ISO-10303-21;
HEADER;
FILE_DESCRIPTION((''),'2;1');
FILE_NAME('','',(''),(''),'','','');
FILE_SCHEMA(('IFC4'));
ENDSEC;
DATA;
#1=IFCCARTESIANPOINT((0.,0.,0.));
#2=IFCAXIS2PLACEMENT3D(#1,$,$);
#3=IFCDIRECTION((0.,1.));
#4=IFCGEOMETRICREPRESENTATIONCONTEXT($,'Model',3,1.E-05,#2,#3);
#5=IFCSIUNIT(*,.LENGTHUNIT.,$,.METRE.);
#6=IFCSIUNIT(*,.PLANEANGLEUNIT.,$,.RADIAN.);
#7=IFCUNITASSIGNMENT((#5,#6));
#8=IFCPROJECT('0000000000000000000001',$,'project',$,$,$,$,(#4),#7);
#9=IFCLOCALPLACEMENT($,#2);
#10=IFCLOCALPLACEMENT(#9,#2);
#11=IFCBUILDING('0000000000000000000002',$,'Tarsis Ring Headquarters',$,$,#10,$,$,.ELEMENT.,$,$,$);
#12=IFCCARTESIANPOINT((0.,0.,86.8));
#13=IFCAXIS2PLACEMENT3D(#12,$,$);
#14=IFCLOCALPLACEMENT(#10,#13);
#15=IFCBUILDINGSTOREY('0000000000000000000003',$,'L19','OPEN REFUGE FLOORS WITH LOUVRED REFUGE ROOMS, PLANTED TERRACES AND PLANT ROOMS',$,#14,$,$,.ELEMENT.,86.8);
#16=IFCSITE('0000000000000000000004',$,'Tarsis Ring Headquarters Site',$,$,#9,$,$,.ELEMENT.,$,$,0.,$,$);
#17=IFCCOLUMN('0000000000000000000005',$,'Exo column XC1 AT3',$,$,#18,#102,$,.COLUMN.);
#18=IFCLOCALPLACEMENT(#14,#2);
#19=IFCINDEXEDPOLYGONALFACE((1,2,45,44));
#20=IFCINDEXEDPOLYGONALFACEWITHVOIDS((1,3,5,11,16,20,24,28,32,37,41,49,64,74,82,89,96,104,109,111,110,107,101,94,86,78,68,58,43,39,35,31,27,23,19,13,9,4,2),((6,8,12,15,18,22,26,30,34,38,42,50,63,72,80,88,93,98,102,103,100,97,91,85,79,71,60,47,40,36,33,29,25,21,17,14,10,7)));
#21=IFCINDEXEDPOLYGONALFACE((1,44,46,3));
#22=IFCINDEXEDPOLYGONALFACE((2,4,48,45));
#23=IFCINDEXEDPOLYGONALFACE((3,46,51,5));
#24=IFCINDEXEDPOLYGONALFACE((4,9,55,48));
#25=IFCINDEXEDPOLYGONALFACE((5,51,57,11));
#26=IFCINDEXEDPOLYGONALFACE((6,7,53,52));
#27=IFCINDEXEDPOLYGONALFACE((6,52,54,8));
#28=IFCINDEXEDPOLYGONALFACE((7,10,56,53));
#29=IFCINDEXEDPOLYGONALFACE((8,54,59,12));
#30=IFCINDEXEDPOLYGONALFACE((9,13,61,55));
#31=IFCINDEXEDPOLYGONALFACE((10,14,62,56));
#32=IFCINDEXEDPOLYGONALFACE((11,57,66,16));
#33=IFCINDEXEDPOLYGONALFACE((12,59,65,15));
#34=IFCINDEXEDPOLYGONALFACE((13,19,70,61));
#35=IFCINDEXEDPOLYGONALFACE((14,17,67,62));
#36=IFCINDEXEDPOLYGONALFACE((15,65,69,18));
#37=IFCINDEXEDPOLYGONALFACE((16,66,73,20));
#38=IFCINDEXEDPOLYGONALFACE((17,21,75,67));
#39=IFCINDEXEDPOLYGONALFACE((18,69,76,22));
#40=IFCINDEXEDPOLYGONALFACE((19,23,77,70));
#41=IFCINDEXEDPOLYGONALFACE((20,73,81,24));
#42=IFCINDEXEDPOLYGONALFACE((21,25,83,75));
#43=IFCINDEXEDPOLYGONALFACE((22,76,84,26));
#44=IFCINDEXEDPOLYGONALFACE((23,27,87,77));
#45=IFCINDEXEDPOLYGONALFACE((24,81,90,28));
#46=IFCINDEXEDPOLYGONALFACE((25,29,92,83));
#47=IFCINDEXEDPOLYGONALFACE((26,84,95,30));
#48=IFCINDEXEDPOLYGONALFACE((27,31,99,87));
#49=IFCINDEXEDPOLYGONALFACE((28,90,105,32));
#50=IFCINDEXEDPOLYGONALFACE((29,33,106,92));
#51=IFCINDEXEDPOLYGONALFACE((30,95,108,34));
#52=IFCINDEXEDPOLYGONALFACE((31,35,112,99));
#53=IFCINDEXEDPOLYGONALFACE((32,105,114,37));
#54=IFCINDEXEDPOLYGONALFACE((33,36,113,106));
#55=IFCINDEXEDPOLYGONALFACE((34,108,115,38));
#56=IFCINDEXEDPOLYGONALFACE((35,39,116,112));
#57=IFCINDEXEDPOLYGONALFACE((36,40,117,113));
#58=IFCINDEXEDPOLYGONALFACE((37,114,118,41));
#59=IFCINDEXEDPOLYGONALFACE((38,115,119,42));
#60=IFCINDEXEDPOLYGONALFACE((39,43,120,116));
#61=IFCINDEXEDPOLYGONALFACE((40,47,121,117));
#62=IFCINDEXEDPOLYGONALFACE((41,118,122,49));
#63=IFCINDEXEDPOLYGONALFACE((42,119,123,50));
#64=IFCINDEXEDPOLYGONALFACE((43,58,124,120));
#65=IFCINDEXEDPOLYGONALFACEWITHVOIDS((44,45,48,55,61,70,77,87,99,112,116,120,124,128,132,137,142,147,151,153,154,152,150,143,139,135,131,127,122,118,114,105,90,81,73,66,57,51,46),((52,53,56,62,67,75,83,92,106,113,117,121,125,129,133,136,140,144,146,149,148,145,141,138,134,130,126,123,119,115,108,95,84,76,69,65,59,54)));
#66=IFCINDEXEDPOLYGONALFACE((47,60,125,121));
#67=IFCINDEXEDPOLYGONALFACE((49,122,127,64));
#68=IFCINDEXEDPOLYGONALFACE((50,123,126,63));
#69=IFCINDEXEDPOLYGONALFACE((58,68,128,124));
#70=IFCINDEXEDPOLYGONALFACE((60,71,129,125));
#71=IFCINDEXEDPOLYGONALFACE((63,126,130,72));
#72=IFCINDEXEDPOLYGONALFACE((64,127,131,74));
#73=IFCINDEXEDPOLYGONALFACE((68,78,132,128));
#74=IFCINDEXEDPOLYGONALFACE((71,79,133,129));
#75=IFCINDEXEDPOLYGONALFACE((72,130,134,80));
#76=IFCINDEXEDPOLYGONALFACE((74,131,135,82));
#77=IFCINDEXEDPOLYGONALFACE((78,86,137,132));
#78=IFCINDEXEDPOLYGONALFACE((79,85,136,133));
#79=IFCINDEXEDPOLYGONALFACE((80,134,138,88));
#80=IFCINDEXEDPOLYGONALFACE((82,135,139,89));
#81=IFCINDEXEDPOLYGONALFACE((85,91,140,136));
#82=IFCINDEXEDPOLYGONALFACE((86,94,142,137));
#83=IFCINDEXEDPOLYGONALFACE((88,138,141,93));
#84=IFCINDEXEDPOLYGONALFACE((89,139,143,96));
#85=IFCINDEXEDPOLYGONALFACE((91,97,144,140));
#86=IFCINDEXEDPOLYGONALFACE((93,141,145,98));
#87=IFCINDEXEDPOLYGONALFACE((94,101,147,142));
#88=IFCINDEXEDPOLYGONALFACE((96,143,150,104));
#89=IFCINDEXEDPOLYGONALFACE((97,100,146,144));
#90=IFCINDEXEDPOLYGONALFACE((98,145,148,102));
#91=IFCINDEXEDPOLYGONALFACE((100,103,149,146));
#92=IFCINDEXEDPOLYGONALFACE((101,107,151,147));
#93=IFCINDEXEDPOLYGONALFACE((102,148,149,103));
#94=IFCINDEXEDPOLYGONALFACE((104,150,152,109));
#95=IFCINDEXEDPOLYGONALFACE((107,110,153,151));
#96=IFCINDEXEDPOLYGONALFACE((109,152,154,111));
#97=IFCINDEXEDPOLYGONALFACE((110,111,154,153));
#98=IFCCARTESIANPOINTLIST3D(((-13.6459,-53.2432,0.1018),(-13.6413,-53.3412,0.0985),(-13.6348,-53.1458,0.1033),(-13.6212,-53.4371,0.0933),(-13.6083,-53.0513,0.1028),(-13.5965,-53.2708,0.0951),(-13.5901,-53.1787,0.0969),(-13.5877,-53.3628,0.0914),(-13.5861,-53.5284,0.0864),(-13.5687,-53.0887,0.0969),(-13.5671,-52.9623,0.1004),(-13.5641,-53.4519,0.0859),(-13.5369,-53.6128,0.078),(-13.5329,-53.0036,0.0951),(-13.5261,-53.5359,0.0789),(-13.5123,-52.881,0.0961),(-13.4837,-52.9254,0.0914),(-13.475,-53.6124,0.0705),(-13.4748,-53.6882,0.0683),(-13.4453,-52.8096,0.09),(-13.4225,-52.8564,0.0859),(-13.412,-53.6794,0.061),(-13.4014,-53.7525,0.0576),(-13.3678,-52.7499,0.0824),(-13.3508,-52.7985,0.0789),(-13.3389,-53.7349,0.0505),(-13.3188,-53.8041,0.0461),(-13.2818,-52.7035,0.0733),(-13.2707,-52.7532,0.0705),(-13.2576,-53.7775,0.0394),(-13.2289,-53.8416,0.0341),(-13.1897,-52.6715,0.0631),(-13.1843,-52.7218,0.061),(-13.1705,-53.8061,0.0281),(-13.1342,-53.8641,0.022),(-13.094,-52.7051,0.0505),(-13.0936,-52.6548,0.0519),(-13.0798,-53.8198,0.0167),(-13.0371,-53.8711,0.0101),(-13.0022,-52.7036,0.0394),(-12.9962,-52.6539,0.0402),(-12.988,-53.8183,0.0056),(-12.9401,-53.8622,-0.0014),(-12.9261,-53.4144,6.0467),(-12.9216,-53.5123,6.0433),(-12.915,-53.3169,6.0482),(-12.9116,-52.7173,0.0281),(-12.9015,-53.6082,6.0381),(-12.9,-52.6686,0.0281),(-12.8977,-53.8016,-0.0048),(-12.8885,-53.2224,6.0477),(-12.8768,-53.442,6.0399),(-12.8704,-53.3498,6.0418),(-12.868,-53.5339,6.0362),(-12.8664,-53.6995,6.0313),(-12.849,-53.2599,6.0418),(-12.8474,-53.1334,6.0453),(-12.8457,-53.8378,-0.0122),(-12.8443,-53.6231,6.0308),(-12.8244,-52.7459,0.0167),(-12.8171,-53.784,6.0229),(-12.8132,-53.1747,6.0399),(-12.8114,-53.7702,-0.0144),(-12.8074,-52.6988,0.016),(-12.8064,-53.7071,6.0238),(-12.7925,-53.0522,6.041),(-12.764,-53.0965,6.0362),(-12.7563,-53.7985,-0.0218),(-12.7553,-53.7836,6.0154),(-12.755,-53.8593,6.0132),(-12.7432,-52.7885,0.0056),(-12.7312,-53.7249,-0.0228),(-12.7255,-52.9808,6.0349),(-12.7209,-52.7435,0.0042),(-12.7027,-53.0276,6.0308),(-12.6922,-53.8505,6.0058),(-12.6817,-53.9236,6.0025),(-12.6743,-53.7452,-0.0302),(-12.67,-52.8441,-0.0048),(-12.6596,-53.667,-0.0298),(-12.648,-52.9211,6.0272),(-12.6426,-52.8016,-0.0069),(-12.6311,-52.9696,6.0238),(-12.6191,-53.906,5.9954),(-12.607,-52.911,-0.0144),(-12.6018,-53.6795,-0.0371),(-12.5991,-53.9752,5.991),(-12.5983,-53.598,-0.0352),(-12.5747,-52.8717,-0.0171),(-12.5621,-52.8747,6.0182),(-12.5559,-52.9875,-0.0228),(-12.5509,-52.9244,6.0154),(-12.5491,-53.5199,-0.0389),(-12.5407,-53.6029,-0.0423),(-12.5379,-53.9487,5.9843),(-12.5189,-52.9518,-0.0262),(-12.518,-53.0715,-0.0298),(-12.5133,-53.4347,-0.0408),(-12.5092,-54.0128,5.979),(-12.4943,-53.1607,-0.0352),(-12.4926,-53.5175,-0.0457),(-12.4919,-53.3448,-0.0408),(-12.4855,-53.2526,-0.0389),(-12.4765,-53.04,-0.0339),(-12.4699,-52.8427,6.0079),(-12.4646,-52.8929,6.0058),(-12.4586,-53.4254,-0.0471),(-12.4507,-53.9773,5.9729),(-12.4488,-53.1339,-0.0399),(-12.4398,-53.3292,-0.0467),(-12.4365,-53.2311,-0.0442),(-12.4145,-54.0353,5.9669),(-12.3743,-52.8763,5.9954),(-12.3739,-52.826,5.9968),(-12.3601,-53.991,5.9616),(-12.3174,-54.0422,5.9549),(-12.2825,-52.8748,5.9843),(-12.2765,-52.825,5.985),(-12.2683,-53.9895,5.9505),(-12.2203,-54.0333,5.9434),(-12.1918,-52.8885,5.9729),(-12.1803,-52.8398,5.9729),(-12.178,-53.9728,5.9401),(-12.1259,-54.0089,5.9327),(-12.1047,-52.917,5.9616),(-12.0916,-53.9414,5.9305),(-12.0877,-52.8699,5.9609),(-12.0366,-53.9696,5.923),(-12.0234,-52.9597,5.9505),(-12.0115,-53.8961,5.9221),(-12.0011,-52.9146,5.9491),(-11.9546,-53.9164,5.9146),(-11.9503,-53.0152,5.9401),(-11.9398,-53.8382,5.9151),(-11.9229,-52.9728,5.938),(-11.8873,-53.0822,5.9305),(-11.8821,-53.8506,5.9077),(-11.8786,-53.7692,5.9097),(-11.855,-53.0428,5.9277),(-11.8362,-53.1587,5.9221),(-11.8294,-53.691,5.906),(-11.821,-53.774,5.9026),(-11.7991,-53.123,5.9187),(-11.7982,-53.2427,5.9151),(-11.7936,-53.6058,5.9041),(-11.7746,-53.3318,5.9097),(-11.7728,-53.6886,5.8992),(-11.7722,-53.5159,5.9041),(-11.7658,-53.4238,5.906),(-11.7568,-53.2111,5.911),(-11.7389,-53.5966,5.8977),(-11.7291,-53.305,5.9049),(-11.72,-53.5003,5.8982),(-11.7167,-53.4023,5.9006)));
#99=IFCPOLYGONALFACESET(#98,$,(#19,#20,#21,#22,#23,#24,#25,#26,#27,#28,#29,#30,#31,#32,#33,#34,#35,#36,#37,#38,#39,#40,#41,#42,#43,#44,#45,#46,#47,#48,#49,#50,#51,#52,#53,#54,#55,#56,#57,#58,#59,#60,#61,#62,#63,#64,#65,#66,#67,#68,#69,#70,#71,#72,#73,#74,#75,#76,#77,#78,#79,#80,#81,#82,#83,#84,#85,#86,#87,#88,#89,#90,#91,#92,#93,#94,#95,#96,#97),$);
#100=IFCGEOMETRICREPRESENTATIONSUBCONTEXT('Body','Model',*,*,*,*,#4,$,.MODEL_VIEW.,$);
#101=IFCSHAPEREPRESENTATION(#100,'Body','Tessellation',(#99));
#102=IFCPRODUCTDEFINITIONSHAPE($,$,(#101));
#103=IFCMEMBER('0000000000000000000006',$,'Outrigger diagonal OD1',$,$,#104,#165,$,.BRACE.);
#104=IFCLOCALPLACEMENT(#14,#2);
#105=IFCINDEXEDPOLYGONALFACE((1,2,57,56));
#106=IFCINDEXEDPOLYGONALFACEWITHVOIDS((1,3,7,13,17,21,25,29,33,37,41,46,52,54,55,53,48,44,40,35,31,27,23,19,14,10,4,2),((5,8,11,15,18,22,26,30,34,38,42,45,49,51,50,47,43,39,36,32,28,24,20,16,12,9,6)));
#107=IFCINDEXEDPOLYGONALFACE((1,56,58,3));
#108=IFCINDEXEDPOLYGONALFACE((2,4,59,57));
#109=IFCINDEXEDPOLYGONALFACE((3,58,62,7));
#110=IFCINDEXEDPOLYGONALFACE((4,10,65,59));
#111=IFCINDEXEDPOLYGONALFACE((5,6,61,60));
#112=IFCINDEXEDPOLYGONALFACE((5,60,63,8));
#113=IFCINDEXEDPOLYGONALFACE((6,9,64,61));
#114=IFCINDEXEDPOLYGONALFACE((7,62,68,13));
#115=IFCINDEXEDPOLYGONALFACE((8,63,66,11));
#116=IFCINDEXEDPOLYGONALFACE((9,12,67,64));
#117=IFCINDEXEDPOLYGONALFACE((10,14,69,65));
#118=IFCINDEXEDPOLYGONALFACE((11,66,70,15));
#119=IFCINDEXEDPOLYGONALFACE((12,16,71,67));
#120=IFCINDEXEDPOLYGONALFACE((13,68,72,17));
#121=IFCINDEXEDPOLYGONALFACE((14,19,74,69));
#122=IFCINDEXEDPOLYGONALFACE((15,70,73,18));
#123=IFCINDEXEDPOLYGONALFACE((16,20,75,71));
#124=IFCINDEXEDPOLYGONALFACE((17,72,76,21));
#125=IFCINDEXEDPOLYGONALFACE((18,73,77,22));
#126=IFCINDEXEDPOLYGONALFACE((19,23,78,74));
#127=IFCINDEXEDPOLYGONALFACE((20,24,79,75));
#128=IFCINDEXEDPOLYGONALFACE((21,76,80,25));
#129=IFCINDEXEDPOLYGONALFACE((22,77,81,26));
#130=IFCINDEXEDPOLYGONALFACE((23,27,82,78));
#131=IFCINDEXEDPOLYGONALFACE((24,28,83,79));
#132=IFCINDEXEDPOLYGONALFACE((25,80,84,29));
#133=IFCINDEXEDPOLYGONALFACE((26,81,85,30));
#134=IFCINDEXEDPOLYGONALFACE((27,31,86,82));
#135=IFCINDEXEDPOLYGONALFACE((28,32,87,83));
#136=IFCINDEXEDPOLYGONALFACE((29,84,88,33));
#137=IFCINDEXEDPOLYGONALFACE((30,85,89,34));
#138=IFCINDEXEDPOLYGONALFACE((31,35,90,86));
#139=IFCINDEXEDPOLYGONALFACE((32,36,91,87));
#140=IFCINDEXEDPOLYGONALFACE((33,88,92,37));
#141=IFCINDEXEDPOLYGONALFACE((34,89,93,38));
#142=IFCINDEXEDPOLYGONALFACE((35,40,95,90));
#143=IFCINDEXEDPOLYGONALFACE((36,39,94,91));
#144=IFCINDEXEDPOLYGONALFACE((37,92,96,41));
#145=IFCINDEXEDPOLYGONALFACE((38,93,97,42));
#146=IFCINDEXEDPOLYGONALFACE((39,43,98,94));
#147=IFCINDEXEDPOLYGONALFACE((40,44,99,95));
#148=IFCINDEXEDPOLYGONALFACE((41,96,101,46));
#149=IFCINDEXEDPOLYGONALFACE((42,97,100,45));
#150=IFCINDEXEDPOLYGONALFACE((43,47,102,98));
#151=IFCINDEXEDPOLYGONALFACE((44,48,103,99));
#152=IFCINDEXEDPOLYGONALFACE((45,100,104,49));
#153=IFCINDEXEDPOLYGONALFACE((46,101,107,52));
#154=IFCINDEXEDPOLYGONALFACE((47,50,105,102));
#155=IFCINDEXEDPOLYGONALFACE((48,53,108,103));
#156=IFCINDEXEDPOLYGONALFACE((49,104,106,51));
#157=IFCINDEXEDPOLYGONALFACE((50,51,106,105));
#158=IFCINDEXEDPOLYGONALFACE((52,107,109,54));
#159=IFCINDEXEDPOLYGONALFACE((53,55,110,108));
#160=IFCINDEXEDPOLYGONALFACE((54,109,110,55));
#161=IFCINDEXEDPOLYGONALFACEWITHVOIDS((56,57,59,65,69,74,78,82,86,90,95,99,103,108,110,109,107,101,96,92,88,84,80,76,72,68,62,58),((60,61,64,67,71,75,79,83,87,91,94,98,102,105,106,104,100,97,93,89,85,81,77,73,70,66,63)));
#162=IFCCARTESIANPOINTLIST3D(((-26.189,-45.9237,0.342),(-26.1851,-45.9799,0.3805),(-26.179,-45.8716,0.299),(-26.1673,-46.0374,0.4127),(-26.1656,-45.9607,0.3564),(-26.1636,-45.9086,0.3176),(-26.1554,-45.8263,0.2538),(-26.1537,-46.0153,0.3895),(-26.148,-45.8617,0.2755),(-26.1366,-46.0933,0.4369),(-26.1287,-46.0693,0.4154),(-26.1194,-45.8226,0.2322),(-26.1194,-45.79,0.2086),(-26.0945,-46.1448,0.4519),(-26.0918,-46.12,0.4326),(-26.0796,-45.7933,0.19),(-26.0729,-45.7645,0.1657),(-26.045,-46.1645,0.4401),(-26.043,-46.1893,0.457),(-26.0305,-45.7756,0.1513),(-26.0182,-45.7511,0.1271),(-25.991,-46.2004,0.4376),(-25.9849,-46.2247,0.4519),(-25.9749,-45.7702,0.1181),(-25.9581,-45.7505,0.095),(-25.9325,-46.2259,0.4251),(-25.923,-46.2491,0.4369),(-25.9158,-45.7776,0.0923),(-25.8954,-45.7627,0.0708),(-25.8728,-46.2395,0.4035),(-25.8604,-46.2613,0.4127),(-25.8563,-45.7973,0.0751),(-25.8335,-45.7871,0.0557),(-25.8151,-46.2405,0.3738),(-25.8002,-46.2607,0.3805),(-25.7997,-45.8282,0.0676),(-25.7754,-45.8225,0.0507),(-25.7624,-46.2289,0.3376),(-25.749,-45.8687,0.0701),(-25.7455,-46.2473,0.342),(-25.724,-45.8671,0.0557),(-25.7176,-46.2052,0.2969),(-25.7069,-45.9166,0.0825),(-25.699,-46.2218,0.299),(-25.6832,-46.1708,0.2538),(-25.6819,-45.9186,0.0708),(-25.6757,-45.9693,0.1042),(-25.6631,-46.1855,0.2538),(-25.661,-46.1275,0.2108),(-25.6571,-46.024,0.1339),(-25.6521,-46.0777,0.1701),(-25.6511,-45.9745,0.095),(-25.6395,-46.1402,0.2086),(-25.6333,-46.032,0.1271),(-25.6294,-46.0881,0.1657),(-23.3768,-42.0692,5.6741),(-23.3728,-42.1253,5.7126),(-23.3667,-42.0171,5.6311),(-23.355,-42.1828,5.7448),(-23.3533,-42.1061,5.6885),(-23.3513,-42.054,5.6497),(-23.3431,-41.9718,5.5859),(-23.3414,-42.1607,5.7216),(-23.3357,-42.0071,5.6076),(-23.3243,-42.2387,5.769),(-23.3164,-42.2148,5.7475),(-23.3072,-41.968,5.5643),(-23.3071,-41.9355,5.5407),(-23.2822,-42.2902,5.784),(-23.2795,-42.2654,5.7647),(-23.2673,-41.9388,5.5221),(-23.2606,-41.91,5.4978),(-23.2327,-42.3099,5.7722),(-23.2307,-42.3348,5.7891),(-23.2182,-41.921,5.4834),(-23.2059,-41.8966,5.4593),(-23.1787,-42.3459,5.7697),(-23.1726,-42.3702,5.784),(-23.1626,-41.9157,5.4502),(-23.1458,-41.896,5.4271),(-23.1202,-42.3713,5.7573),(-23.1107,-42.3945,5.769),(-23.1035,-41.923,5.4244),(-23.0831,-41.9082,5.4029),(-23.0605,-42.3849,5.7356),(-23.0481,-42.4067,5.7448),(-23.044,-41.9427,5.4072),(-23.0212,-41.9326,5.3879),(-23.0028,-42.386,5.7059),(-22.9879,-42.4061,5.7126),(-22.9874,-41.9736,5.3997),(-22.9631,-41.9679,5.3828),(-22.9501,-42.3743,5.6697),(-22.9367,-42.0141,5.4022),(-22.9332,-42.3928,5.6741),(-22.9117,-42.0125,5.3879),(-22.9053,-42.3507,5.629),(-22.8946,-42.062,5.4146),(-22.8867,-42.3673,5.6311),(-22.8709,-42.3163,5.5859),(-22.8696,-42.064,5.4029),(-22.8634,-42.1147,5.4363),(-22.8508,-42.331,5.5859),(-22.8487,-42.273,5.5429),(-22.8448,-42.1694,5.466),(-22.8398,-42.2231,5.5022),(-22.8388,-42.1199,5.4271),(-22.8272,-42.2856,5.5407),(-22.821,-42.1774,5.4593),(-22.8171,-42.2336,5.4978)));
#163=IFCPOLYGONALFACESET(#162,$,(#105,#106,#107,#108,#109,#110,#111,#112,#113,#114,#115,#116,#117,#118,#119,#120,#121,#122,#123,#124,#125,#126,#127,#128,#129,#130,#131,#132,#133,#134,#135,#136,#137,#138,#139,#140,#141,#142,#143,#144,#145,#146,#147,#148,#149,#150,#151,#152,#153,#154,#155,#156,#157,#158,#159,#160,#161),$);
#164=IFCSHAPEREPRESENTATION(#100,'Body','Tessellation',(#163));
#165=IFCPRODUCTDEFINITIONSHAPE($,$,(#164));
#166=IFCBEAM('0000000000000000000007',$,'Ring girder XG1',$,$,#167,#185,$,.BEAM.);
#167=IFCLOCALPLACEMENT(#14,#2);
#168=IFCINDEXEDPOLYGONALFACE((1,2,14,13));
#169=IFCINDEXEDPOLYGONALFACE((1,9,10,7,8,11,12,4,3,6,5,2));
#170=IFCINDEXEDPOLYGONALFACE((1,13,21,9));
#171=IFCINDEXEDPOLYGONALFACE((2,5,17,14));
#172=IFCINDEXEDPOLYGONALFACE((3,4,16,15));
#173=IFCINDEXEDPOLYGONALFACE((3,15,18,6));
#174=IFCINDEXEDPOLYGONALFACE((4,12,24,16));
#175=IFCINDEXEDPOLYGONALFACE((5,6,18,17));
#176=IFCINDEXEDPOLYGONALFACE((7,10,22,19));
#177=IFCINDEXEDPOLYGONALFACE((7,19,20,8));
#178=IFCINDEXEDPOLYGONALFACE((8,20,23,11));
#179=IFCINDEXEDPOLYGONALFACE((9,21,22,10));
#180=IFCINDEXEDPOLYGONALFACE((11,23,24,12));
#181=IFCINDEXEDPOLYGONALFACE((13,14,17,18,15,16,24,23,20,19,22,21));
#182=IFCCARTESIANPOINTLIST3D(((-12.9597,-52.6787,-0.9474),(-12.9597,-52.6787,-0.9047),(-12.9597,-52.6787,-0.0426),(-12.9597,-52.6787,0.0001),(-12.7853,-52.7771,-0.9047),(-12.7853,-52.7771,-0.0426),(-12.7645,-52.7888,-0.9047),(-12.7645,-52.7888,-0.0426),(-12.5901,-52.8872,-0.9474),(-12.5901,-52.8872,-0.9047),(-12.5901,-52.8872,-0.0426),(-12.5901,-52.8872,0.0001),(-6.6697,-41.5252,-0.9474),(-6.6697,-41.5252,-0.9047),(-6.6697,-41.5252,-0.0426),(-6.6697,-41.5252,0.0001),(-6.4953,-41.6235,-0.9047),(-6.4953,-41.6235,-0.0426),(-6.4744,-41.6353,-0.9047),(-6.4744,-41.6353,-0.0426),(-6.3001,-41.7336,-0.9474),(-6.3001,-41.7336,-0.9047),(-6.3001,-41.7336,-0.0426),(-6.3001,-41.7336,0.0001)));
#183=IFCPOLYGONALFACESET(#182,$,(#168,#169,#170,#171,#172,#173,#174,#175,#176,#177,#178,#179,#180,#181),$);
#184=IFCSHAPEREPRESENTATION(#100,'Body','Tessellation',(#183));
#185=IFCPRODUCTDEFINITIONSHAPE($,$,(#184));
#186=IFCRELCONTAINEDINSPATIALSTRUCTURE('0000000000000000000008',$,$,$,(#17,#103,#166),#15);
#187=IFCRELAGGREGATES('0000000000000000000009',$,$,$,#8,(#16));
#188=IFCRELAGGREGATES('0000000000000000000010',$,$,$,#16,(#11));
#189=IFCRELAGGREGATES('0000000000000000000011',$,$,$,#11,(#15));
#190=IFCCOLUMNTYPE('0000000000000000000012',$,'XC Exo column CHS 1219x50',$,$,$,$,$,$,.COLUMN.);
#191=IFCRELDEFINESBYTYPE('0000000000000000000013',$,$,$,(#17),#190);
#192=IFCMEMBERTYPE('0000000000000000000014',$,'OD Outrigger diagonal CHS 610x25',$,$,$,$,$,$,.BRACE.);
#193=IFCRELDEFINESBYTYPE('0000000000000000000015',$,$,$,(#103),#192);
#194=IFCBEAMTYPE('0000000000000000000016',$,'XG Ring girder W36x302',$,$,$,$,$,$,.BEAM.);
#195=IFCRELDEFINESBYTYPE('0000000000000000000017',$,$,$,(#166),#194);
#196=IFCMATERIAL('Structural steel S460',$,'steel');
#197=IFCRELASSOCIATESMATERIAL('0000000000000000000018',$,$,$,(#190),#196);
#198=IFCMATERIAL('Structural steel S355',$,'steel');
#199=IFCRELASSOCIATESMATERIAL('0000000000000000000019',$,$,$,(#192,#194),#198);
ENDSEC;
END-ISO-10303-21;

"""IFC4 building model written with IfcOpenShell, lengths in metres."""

from ifc_helpers import new_model, si_unit, direction, frame, origin, origin_2d, place, context, subcontext, project, spatial, hollow_circle, i_section, extrude, material, material_profile, profile_set, type_object, element, save


model = new_model("IFC4")

# Units and contexts
model_context = context("Model", 3, precision=1e-05, world=origin(), true_north=direction((0.0, 1.0)))
body_context = subcontext(model_context, "Body", "Model", "MODEL_VIEW")
ifc_project = project(units=[si_unit("LENGTHUNIT", "METRE"), si_unit("PLANEANGLEUNIT", "RADIAN")], contexts=[model_context])

# Site, building, storey
site_placement = place(None, origin())
site = spatial("IfcSite", under=ifc_project, at=site_placement, Name="Tarsis Ring Headquarters Site", CompositionType="ELEMENT", RefElevation=0.0)
building_placement = place(site_placement, origin())
building = spatial("IfcBuilding", under=site, at=building_placement, Name="Tarsis Ring Headquarters", CompositionType="ELEMENT")
storey_placement = place(building_placement, frame((0.0, 0.0, 86.8)))
storey = spatial("IfcBuildingStorey", under=building, at=storey_placement, Name="L19", Description="OPEN REFUGE FLOORS WITH LOUVRED REFUGE ROOMS, PLANTED TERRACES AND PLANT ROOMS", CompositionType="ELEMENT", Elevation=86.8)

# Column
ifc_material_1 = material(Name="Structural steel S460", Category="steel")
ifc_material_profile_1 = material_profile(ifc_material_1, hollow_circle(Radius=0.6096, WallThickness=0.05, at=origin_2d()), Name="CHS 1219x50")
ifc_profile_set_1 = profile_set([ifc_material_profile_1], Name="Structural steel S460")
column_type = type_object("IfcColumnType", Name="XC Exo column CHS 1219x50", PredefinedType="COLUMN", material=ifc_profile_set_1)
column_placement = place(storey_placement, frame((-13.041, -53.2617, 0.0281), z_axis=(0.120141, -0.028568, 0.992346), x_axis=(0.231338, 0.972873, 0.0)))
element("IfcColumn", 1, at=column_placement, inside=storey, type_object=column_type, Name="Exo column XC1 AT3", PredefinedType="COLUMN", context=body_context, shape_type="SweptSolid", body=[
    extrude(hollow_circle(Radius=0.6096, WallThickness=0.05, at=origin_2d()), origin(), (0.0, 0.0, 1.0), 5.9907),
])

# Member
ifc_material_2 = material(Name="Structural steel S355", Category="steel")
ifc_material_profile_2 = material_profile(ifc_material_2, hollow_circle(Radius=0.3047, WallThickness=0.0249, at=origin_2d()), Name="CHS 610x25")
ifc_profile_set_2 = profile_set([ifc_material_profile_2], Name="Structural steel S355")
member_type = type_object("IfcMemberType", Name="OD Outrigger diagonal CHS 610x25", PredefinedType="BRACE", material=ifc_profile_set_2)
member_placement = place(storey_placement, frame((-23.0969, -42.1514, 5.5859), z_axis=(-0.393038, -0.5387, -0.7452), x_axis=(0.807839, -0.589403, 0.0)))
element("IfcMember", 2, at=member_placement, inside=storey, type_object=member_type, Name="Outrigger diagonal OD1", PredefinedType="BRACE", context=body_context, shape_type="SweptSolid", body=[
    extrude(hollow_circle(Radius=0.3047, WallThickness=0.0249, at=origin_2d()), origin(), (0.0, 0.0, 1.0), 7.1553),
])

# Beam
ifc_material_profile_3 = material_profile(ifc_material_2, i_section(OverallWidth=0.4243, OverallDepth=0.9475, WebThickness=0.0239, FlangeThickness=0.0427, at=origin_2d()), Name="W36x302")
ifc_profile_set_3 = profile_set([ifc_material_profile_3], Name="Structural steel S355")
beam_type = type_object("IfcBeamType", Name="XG Ring girder W36x302", PredefinedType="BEAM", material=ifc_profile_set_3)
beam_placement = place(storey_placement, frame((-12.7749, -52.783, -0.4736), z_axis=(0.49122, 0.871036, 0.0), x_axis=(-0.871036, 0.49122, 0.0)))
element("IfcBeam", 3, at=beam_placement, inside=storey, type_object=beam_type, Name="Ring girder XG1", PredefinedType="BEAM", context=body_context, shape_type="SweptSolid", body=[
    extrude(i_section(OverallWidth=0.4243, OverallDepth=0.9475, WebThickness=0.0239, FlangeThickness=0.0427, at=origin_2d()), origin(), (0.0, 0.0, 1.0), 12.8049),
])

save(model, "model.ifc")
